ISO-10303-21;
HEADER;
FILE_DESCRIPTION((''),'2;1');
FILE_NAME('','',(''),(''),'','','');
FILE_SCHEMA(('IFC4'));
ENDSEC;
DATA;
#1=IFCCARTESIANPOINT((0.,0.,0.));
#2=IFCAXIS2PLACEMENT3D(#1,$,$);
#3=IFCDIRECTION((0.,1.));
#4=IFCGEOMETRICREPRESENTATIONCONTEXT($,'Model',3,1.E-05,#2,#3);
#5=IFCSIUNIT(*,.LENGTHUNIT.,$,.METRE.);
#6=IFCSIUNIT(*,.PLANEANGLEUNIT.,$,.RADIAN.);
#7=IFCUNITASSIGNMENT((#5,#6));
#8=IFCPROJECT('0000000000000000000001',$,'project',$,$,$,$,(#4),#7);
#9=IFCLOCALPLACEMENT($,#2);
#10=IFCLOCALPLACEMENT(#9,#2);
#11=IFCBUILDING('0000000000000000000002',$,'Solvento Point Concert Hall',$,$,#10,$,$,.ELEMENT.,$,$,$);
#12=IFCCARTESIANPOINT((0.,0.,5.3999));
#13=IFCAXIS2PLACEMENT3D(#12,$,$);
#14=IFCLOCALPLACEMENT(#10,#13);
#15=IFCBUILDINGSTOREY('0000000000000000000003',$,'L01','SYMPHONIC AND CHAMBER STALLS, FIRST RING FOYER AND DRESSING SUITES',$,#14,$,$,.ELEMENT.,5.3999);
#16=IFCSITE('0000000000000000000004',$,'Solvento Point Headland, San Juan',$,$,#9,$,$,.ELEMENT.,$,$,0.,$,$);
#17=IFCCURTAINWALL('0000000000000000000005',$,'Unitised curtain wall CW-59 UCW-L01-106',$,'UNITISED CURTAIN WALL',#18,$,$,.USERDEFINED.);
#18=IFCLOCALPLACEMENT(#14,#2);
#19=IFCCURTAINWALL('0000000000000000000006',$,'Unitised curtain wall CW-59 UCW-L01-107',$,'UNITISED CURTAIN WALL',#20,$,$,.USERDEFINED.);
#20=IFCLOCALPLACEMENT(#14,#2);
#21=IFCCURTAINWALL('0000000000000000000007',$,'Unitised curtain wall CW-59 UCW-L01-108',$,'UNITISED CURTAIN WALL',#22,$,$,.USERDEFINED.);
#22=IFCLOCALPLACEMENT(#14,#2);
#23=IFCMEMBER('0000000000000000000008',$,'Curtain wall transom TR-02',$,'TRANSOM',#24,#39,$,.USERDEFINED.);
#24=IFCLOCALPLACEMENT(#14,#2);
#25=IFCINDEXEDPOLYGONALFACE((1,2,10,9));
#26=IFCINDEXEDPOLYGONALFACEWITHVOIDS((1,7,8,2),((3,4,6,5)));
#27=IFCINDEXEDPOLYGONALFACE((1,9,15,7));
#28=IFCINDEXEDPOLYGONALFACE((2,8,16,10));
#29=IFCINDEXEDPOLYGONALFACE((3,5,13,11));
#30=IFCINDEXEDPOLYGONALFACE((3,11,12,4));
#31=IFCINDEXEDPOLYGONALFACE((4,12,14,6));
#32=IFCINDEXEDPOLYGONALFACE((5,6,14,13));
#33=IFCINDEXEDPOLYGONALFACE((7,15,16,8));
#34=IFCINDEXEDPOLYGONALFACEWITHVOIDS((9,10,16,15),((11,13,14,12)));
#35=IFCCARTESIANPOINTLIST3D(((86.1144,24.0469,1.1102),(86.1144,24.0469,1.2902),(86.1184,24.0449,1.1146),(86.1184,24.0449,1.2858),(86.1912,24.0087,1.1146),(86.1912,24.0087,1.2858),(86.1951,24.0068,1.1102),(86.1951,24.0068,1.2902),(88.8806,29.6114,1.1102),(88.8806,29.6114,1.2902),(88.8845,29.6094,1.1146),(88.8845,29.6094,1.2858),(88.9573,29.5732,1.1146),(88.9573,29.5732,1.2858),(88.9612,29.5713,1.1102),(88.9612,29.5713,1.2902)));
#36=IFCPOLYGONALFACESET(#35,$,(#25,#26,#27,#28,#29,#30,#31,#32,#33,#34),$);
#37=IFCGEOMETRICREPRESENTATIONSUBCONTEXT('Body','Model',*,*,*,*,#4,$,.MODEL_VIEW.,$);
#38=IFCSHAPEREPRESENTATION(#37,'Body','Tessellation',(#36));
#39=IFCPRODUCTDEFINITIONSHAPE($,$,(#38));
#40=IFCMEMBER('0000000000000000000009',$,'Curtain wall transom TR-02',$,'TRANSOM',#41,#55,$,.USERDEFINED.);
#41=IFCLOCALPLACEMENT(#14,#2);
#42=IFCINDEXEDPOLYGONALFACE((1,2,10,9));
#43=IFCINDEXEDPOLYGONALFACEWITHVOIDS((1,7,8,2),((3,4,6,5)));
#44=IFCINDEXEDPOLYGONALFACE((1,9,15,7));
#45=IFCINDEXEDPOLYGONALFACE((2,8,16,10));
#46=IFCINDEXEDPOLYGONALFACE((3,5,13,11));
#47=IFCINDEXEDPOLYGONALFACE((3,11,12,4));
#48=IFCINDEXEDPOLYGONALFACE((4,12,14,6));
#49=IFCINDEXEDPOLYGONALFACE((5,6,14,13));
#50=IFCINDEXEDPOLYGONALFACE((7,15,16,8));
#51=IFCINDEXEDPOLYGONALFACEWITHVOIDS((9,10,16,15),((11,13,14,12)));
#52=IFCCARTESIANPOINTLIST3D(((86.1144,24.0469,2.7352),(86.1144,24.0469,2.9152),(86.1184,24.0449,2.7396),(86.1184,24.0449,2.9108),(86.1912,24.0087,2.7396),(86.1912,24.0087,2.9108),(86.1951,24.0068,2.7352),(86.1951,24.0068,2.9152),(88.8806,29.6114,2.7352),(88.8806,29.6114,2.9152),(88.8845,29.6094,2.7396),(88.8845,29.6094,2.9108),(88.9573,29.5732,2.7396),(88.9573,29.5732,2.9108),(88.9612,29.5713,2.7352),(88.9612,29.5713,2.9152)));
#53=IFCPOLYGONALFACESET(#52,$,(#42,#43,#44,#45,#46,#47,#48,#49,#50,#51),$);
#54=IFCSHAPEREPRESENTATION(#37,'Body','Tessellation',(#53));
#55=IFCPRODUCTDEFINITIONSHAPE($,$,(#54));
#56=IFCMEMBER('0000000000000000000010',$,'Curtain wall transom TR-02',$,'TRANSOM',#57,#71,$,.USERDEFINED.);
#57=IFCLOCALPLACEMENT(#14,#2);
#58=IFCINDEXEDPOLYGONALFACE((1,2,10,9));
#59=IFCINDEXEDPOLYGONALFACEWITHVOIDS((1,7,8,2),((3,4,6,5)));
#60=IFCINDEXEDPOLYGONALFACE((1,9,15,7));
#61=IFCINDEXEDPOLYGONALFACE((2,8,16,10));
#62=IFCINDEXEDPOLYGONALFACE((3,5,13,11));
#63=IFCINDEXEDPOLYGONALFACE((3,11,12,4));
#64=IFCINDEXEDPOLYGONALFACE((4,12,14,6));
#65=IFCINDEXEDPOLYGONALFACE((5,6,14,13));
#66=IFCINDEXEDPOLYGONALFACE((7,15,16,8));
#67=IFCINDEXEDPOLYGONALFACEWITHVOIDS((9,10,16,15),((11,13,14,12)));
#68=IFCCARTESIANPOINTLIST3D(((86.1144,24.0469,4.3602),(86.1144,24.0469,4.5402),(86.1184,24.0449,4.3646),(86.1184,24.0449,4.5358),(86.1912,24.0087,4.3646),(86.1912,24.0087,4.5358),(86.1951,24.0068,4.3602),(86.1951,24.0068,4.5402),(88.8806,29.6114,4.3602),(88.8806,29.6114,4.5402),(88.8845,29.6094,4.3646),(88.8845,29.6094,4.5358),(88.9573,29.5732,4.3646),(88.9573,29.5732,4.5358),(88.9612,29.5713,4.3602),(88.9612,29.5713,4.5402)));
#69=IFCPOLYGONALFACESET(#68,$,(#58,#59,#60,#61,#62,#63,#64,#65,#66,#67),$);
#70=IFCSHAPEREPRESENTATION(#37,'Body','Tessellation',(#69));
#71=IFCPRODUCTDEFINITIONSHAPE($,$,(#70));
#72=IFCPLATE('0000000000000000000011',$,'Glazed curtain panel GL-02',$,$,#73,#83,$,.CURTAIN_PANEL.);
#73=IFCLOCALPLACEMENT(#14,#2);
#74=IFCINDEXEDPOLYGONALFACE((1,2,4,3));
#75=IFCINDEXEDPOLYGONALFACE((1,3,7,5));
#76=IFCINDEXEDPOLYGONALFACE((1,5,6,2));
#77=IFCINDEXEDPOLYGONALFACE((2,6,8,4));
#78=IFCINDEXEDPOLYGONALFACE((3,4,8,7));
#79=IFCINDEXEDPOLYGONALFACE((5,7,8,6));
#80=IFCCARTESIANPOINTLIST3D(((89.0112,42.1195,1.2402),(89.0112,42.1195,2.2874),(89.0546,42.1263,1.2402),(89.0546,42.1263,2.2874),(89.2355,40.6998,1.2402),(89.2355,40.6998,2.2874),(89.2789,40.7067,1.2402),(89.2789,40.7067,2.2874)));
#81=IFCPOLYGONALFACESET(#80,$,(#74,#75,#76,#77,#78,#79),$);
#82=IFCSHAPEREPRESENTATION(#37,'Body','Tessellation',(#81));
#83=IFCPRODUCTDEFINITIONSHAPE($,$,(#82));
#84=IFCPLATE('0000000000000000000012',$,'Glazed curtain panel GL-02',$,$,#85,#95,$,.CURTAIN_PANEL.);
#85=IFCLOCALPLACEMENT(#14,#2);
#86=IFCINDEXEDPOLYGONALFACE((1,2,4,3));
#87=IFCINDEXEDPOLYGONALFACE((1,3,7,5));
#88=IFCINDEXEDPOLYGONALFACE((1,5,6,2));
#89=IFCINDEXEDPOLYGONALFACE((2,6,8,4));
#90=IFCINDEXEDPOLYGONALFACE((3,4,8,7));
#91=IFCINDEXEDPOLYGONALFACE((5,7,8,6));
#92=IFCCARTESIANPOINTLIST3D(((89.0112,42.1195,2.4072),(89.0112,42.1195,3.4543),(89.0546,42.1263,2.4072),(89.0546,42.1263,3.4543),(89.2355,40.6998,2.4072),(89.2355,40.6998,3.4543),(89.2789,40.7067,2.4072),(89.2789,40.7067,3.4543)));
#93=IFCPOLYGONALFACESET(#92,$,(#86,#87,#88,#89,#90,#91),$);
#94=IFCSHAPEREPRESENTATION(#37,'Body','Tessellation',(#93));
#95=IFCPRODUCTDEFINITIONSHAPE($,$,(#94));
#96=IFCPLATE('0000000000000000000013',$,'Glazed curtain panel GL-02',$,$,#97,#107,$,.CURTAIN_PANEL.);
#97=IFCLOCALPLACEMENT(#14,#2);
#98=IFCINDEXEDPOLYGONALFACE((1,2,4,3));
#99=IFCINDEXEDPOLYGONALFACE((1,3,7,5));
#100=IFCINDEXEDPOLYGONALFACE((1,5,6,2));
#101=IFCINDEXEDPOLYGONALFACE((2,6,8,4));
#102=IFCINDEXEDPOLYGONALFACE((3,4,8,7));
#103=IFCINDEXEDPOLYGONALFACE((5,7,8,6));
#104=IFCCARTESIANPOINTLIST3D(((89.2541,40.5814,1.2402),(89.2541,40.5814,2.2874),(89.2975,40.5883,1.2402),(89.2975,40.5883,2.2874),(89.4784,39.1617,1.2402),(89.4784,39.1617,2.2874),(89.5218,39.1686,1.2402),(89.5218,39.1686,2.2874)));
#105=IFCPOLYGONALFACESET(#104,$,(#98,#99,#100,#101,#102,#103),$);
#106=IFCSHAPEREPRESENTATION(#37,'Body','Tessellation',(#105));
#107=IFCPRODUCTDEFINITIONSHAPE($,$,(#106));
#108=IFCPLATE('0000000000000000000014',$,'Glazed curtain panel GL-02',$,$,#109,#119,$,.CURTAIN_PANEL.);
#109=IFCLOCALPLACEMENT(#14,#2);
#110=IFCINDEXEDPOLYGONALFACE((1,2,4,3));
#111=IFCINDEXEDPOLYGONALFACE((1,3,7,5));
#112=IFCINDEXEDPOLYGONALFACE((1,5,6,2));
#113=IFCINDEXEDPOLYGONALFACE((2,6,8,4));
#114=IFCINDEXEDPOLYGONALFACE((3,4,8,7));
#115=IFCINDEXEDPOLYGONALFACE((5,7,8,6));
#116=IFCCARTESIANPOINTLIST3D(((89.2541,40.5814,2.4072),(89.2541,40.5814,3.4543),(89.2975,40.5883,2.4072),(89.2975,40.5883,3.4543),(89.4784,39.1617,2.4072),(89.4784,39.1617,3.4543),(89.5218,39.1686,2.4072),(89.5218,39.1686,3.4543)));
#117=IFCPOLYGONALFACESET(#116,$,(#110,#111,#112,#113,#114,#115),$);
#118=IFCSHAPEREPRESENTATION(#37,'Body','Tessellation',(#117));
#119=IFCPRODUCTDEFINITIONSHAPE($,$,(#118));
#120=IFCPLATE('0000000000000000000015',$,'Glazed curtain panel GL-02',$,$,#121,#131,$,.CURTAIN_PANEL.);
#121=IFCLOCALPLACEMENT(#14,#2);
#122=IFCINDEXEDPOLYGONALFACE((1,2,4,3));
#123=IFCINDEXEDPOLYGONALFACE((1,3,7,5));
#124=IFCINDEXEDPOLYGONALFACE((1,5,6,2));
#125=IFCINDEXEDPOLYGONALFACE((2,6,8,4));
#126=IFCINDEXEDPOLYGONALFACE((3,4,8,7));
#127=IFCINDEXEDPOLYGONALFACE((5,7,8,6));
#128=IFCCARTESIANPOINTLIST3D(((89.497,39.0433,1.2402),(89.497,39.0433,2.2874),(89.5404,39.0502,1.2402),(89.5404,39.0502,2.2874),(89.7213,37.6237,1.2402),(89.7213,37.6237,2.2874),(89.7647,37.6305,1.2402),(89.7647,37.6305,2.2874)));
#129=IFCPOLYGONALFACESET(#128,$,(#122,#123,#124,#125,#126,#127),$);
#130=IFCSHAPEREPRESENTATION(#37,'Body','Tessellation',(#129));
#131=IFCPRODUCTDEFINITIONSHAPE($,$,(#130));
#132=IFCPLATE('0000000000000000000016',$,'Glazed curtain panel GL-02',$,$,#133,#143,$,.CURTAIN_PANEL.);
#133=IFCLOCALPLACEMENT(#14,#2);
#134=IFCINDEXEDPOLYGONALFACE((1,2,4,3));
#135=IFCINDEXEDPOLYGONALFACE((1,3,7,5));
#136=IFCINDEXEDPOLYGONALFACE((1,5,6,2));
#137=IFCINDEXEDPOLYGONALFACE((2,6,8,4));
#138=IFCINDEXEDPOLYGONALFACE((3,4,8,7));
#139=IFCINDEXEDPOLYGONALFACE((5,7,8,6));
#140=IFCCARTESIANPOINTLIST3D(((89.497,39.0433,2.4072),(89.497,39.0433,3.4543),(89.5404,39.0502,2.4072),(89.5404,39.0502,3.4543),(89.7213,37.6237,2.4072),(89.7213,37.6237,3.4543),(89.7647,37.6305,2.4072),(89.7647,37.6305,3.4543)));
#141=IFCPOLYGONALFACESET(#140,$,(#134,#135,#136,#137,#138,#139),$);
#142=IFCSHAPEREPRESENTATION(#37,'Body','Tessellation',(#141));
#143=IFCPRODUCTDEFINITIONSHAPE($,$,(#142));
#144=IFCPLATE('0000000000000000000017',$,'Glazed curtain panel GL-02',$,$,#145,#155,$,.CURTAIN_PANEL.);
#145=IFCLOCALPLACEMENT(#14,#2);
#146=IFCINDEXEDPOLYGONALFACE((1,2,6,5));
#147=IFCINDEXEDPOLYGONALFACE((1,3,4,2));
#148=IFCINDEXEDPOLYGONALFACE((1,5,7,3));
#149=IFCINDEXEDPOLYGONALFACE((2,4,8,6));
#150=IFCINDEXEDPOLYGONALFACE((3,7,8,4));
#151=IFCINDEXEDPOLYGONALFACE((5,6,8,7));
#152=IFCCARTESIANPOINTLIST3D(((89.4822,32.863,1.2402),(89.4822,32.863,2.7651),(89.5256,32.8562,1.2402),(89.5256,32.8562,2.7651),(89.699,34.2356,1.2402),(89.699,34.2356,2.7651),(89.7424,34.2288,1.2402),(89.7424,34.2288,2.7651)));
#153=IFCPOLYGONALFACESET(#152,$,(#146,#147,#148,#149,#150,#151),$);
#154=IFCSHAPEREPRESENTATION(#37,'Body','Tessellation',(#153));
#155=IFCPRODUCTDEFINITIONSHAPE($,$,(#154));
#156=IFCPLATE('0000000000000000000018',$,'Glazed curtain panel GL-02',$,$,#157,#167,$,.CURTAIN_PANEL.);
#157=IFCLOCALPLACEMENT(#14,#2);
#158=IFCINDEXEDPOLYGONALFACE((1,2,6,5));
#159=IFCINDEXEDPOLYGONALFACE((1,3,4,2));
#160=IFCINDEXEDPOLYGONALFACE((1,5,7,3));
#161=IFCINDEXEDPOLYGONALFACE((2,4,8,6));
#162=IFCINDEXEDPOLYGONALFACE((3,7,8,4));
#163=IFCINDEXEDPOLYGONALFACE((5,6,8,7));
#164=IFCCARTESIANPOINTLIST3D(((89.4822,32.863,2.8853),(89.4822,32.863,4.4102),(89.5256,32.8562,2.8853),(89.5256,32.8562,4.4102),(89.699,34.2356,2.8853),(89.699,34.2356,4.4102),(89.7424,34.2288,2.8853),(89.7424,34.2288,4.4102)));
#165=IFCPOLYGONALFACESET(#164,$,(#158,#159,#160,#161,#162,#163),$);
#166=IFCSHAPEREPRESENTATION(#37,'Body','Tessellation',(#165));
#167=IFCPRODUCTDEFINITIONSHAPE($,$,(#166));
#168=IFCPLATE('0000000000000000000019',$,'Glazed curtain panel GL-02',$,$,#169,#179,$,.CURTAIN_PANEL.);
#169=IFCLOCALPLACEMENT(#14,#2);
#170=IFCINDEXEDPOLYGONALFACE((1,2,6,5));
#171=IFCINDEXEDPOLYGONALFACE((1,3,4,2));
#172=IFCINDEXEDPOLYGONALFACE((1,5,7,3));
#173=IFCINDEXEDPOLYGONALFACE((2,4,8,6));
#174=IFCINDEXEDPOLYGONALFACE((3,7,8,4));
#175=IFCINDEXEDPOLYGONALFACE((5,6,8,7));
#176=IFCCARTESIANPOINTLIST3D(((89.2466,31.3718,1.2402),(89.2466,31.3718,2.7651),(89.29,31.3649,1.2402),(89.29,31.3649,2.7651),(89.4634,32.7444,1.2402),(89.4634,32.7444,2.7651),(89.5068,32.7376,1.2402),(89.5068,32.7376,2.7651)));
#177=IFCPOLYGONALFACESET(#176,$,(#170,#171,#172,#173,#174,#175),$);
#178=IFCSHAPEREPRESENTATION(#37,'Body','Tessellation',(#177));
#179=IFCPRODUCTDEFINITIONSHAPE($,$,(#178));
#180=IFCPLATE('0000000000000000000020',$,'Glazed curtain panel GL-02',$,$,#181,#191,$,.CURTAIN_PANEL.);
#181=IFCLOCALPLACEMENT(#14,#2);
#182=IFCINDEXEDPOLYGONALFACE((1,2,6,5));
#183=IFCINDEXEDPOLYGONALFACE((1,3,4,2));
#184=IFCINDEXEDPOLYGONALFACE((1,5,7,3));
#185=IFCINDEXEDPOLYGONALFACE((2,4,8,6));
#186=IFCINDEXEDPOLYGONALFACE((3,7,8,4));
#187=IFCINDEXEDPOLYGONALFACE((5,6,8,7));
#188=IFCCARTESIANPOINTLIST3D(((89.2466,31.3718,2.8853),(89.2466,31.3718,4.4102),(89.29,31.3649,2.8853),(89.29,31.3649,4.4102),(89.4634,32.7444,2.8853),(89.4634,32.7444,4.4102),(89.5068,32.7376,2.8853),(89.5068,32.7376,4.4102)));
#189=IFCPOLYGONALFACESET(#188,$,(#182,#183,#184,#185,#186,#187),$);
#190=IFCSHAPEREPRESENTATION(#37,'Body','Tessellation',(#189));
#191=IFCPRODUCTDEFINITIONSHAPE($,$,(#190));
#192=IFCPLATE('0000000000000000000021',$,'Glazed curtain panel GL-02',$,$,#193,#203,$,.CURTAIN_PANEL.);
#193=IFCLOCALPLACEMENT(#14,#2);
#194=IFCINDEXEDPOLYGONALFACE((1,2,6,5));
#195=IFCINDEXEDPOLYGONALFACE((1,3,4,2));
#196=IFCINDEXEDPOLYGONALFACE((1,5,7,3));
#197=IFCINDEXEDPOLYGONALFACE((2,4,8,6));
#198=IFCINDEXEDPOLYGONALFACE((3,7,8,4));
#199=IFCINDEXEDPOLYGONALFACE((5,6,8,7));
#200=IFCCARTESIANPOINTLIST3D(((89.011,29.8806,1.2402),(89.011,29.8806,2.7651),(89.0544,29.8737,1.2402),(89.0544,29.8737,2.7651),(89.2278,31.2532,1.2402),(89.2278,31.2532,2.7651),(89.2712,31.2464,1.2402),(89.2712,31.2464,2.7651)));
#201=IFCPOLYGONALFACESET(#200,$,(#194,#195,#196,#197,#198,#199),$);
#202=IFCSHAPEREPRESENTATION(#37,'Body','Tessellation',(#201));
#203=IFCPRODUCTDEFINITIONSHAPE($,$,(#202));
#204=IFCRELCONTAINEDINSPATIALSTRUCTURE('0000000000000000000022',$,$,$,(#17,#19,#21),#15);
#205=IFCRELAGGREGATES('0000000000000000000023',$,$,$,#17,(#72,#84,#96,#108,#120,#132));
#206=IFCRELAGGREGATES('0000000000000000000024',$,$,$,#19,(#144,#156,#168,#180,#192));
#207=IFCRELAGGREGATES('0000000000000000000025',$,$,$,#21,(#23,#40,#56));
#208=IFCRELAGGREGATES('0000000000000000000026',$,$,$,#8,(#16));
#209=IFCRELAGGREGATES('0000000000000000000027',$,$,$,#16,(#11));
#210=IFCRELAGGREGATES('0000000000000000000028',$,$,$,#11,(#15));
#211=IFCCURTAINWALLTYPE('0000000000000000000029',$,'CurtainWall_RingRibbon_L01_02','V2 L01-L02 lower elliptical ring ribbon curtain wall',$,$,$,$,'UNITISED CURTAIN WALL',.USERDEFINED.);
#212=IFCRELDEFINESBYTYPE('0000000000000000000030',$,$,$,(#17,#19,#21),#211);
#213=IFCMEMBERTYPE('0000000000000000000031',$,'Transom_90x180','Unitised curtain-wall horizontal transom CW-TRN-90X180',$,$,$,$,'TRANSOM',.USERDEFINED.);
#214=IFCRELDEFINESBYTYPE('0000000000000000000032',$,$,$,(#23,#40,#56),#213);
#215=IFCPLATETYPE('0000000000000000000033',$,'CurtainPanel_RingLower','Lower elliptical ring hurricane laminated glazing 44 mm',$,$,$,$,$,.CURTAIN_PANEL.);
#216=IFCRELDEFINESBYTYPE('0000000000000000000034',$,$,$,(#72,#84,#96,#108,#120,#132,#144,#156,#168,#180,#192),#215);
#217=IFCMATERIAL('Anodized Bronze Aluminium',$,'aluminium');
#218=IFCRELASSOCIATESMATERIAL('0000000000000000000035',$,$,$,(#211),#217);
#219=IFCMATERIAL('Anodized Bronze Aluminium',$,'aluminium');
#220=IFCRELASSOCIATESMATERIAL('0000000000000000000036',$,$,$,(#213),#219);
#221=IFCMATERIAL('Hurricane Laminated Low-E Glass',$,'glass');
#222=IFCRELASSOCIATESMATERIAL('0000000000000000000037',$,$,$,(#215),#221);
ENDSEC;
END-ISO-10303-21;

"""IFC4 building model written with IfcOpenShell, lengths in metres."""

from ifc_helpers import new_model, si_unit, direction, frame, origin, origin_2d, place, context, subcontext, project, spatial, rectangle, hollow_rectangle, extrude, material, material_profile, profile_set, type_object, element, aggregate, save


model = new_model("IFC4")

# Units and contexts
model_context = context("Model", 3, precision=1e-05, world=origin(), true_north=direction((0.0, 1.0)))
body_context = subcontext(model_context, "Body", "Model", "MODEL_VIEW")
ifc_project = project(units=[si_unit("LENGTHUNIT", "METRE"), si_unit("PLANEANGLEUNIT", "RADIAN")], contexts=[model_context])

# Site, building, storey
site_placement = place(None, origin())
site = spatial("IfcSite", under=ifc_project, at=site_placement, Name="Solvento Point Headland, San Juan", CompositionType="ELEMENT", RefElevation=0.0)
building_placement = place(site_placement, origin())
building = spatial("IfcBuilding", under=site, at=building_placement, Name="Solvento Point Concert Hall", CompositionType="ELEMENT")
storey_placement = place(building_placement, frame((0.0, 0.0, 5.3999)))
storey = spatial("IfcBuildingStorey", under=building, at=storey_placement, Name="L01", Description="SYMPHONIC AND CHAMBER STALLS, FIRST RING FOYER AND DRESSING SUITES", CompositionType="ELEMENT", Elevation=5.3999)

# Curtain walls
ifc_material_1 = material(Name="Anodized Bronze Aluminium", Category="aluminium")
curtain_wall_type = type_object("IfcCurtainWallType", Name="CurtainWall_RingRibbon_L01_02", Description="V2 L01-L02 lower elliptical ring ribbon curtain wall", ElementType="UNITISED CURTAIN WALL", PredefinedType="USERDEFINED", material=ifc_material_1)
curtain_wall_1_placement = place(storey_placement, origin())
curtain_wall_1 = element("IfcCurtainWall", 1, at=curtain_wall_1_placement, inside=storey, type_object=curtain_wall_type, Name="Unitised curtain wall CW-59 UCW-L01-106", ObjectType="UNITISED CURTAIN WALL", PredefinedType="USERDEFINED")
curtain_wall_2_placement = place(storey_placement, origin())
curtain_wall_2 = element("IfcCurtainWall", 2, at=curtain_wall_2_placement, inside=storey, type_object=curtain_wall_type, Name="Unitised curtain wall CW-59 UCW-L01-107", ObjectType="UNITISED CURTAIN WALL", PredefinedType="USERDEFINED")
curtain_wall_3_placement = place(storey_placement, origin())
curtain_wall_3 = element("IfcCurtainWall", 3, at=curtain_wall_3_placement, inside=storey, type_object=curtain_wall_type, Name="Unitised curtain wall CW-59 UCW-L01-108", ObjectType="UNITISED CURTAIN WALL", PredefinedType="USERDEFINED")

# Members
ifc_material_2 = material(Name="Anodized Bronze Aluminium", Category="aluminium")
ifc_material_profile_1 = material_profile(ifc_material_2, hollow_rectangle(XDim=0.0901, YDim=0.1799, WallThickness=0.0044, at=origin_2d()), Name="CW-TRN-90X180")
ifc_profile_set_1 = profile_set([ifc_material_profile_1], Name="Anodized Bronze Aluminium")
member_type_1 = type_object("IfcMemberType", Name="Transom_90x180", Description="Unitised curtain-wall horizontal transom CW-TRN-90X180", ElementType="TRANSOM", PredefinedType="USERDEFINED", material=ifc_profile_set_1)
member_1_placement = place(storey_placement, frame((88.9209, 29.5913, 1.2002), z_axis=(-0.445138, -0.895462, 0.0), x_axis=(0.895462, -0.445138, 0.0)))
member_1 = element("IfcMember", 4, at=member_1_placement, type_object=member_type_1, Name="Curtain wall transom TR-02", ObjectType="TRANSOM", PredefinedType="USERDEFINED", context=body_context, shape_type="SweptSolid", body=[
    extrude(hollow_rectangle(XDim=0.0901, YDim=0.1799, WallThickness=0.0044, at=origin_2d()), origin(), (0.0, 0.0, 1.0), 6.2141),
])
member_2_placement = place(storey_placement, frame((88.9209, 29.5913, 2.8252), z_axis=(-0.445138, -0.895462, 0.0), x_axis=(0.895462, -0.445138, 0.0)))
member_2 = element("IfcMember", 5, at=member_2_placement, type_object=member_type_1, Name="Curtain wall transom TR-02", ObjectType="TRANSOM", PredefinedType="USERDEFINED", context=body_context, shape_type="SweptSolid", body=[
    extrude(hollow_rectangle(XDim=0.0901, YDim=0.1799, WallThickness=0.0044, at=origin_2d()), origin(), (0.0, 0.0, 1.0), 6.2141),
])
member_3_placement = place(storey_placement, frame((88.9209, 29.5913, 4.4502), z_axis=(-0.445138, -0.895462, 0.0), x_axis=(0.895462, -0.445138, 0.0)))
member_3 = element("IfcMember", 6, at=member_3_placement, type_object=member_type_1, Name="Curtain wall transom TR-02", ObjectType="TRANSOM", PredefinedType="USERDEFINED", context=body_context, shape_type="SweptSolid", body=[
    extrude(hollow_rectangle(XDim=0.0901, YDim=0.1799, WallThickness=0.0044, at=origin_2d()), origin(), (0.0, 0.0, 1.0), 6.2141),
])

# Plates
ifc_material_3 = material(Name="Hurricane Laminated Low-E Glass", Category="glass")
plate_type = type_object("IfcPlateType", Name="CurtainPanel_RingLower", Description="Lower elliptical ring hurricane laminated glazing 44 mm", PredefinedType="CURTAIN_PANEL", material=ifc_material_3)
plate_1_placement = place(storey_placement, frame((89.145, 41.4131, 1.2402), z_axis=(0.0, 0.0, 1.0), x_axis=(0.156041, -0.987751, 0.0)))
plate_1 = element("IfcPlate", 7, at=plate_1_placement, type_object=plate_type, Name="Glazed curtain panel GL-02", PredefinedType="CURTAIN_PANEL", context=body_context, shape_type="SweptSolid", body=[
    extrude(rectangle(XDim=1.4373, YDim=0.0439, at=origin_2d()), origin(), (0.0, 0.0, 1.0), 1.0471),
])
plate_2_placement = place(storey_placement, frame((89.145, 41.4131, 2.4072), z_axis=(0.0, 0.0, 1.0), x_axis=(0.156041, -0.987751, 0.0)))
plate_2 = element("IfcPlate", 8, at=plate_2_placement, type_object=plate_type, Name="Glazed curtain panel GL-02", PredefinedType="CURTAIN_PANEL", context=body_context, shape_type="SweptSolid", body=[
    extrude(rectangle(XDim=1.4373, YDim=0.0439, at=origin_2d()), origin(), (0.0, 0.0, 1.0), 1.0471),
])
plate_3_placement = place(storey_placement, frame((89.3879, 39.875, 1.2402), z_axis=(0.0, 0.0, 1.0), x_axis=(0.156041, -0.987751, 0.0)))
plate_3 = element("IfcPlate", 9, at=plate_3_placement, type_object=plate_type, Name="Glazed curtain panel GL-02", PredefinedType="CURTAIN_PANEL", context=body_context, shape_type="SweptSolid", body=[
    extrude(rectangle(XDim=1.4373, YDim=0.0439, at=origin_2d()), origin(), (0.0, 0.0, 1.0), 1.0471),
])
plate_4_placement = place(storey_placement, frame((89.3879, 39.875, 2.4072), z_axis=(0.0, 0.0, 1.0), x_axis=(0.156041, -0.987751, 0.0)))
plate_4 = element("IfcPlate", 10, at=plate_4_placement, type_object=plate_type, Name="Glazed curtain panel GL-02", PredefinedType="CURTAIN_PANEL", context=body_context, shape_type="SweptSolid", body=[
    extrude(rectangle(XDim=1.4373, YDim=0.0439, at=origin_2d()), origin(), (0.0, 0.0, 1.0), 1.0471),
])
plate_5_placement = place(storey_placement, frame((89.6309, 38.3369, 1.2402), z_axis=(0.0, 0.0, 1.0), x_axis=(0.156041, -0.987751, 0.0)))
plate_5 = element("IfcPlate", 11, at=plate_5_placement, type_object=plate_type, Name="Glazed curtain panel GL-02", PredefinedType="CURTAIN_PANEL", context=body_context, shape_type="SweptSolid", body=[
    extrude(rectangle(XDim=1.4373, YDim=0.0439, at=origin_2d()), origin(), (0.0, 0.0, 1.0), 1.0471),
])
plate_6_placement = place(storey_placement, frame((89.6309, 38.3369, 2.4072), z_axis=(0.0, 0.0, 1.0), x_axis=(0.156041, -0.987751, 0.0)))
plate_6 = element("IfcPlate", 12, at=plate_6_placement, type_object=plate_type, Name="Glazed curtain panel GL-02", PredefinedType="CURTAIN_PANEL", context=body_context, shape_type="SweptSolid", body=[
    extrude(rectangle(XDim=1.4373, YDim=0.0439, at=origin_2d()), origin(), (0.0, 0.0, 1.0), 1.0471),
])
aggregate(curtain_wall_1, [plate_1, plate_2, plate_3, plate_4, plate_5, plate_6])
plate_7_placement = place(storey_placement, frame((89.6123, 33.5459, 1.2402), z_axis=(0.0, 0.0, 1.0), x_axis=(-0.156041, -0.987751, 0.0)))
plate_7 = element("IfcPlate", 13, at=plate_7_placement, type_object=plate_type, Name="Glazed curtain panel GL-02", PredefinedType="CURTAIN_PANEL", context=body_context, shape_type="SweptSolid", body=[
    extrude(rectangle(XDim=1.3896, YDim=0.0439, at=origin_2d()), origin(), (0.0, 0.0, 1.0), 1.5249),
])
plate_8_placement = place(storey_placement, frame((89.6123, 33.5459, 2.8853), z_axis=(0.0, 0.0, 1.0), x_axis=(-0.156041, -0.987751, 0.0)))
plate_8 = element("IfcPlate", 14, at=plate_8_placement, type_object=plate_type, Name="Glazed curtain panel GL-02", PredefinedType="CURTAIN_PANEL", context=body_context, shape_type="SweptSolid", body=[
    extrude(rectangle(XDim=1.3896, YDim=0.0439, at=origin_2d()), origin(), (0.0, 0.0, 1.0), 1.5249),
])
plate_9_placement = place(storey_placement, frame((89.3767, 32.0547, 1.2402), z_axis=(0.0, 0.0, 1.0), x_axis=(-0.156041, -0.987751, 0.0)))
plate_9 = element("IfcPlate", 15, at=plate_9_placement, type_object=plate_type, Name="Glazed curtain panel GL-02", PredefinedType="CURTAIN_PANEL", context=body_context, shape_type="SweptSolid", body=[
    extrude(rectangle(XDim=1.3896, YDim=0.0439, at=origin_2d()), origin(), (0.0, 0.0, 1.0), 1.5249),
])
plate_10_placement = place(storey_placement, frame((89.3767, 32.0547, 2.8853), z_axis=(0.0, 0.0, 1.0), x_axis=(-0.156041, -0.987751, 0.0)))
plate_10 = element("IfcPlate", 16, at=plate_10_placement, type_object=plate_type, Name="Glazed curtain panel GL-02", PredefinedType="CURTAIN_PANEL", context=body_context, shape_type="SweptSolid", body=[
    extrude(rectangle(XDim=1.3896, YDim=0.0439, at=origin_2d()), origin(), (0.0, 0.0, 1.0), 1.5249),
])
plate_11_placement = place(storey_placement, frame((89.1411, 30.5635, 1.2402), z_axis=(0.0, 0.0, 1.0), x_axis=(-0.156041, -0.987751, 0.0)))
plate_11 = element("IfcPlate", 17, at=plate_11_placement, type_object=plate_type, Name="Glazed curtain panel GL-02", PredefinedType="CURTAIN_PANEL", context=body_context, shape_type="SweptSolid", body=[
    extrude(rectangle(XDim=1.3896, YDim=0.0439, at=origin_2d()), origin(), (0.0, 0.0, 1.0), 1.5249),
])
aggregate(curtain_wall_2, [plate_7, plate_8, plate_9, plate_10, plate_11])
aggregate(curtain_wall_3, [member_1, member_2, member_3])

save(model, "model.ifc")
